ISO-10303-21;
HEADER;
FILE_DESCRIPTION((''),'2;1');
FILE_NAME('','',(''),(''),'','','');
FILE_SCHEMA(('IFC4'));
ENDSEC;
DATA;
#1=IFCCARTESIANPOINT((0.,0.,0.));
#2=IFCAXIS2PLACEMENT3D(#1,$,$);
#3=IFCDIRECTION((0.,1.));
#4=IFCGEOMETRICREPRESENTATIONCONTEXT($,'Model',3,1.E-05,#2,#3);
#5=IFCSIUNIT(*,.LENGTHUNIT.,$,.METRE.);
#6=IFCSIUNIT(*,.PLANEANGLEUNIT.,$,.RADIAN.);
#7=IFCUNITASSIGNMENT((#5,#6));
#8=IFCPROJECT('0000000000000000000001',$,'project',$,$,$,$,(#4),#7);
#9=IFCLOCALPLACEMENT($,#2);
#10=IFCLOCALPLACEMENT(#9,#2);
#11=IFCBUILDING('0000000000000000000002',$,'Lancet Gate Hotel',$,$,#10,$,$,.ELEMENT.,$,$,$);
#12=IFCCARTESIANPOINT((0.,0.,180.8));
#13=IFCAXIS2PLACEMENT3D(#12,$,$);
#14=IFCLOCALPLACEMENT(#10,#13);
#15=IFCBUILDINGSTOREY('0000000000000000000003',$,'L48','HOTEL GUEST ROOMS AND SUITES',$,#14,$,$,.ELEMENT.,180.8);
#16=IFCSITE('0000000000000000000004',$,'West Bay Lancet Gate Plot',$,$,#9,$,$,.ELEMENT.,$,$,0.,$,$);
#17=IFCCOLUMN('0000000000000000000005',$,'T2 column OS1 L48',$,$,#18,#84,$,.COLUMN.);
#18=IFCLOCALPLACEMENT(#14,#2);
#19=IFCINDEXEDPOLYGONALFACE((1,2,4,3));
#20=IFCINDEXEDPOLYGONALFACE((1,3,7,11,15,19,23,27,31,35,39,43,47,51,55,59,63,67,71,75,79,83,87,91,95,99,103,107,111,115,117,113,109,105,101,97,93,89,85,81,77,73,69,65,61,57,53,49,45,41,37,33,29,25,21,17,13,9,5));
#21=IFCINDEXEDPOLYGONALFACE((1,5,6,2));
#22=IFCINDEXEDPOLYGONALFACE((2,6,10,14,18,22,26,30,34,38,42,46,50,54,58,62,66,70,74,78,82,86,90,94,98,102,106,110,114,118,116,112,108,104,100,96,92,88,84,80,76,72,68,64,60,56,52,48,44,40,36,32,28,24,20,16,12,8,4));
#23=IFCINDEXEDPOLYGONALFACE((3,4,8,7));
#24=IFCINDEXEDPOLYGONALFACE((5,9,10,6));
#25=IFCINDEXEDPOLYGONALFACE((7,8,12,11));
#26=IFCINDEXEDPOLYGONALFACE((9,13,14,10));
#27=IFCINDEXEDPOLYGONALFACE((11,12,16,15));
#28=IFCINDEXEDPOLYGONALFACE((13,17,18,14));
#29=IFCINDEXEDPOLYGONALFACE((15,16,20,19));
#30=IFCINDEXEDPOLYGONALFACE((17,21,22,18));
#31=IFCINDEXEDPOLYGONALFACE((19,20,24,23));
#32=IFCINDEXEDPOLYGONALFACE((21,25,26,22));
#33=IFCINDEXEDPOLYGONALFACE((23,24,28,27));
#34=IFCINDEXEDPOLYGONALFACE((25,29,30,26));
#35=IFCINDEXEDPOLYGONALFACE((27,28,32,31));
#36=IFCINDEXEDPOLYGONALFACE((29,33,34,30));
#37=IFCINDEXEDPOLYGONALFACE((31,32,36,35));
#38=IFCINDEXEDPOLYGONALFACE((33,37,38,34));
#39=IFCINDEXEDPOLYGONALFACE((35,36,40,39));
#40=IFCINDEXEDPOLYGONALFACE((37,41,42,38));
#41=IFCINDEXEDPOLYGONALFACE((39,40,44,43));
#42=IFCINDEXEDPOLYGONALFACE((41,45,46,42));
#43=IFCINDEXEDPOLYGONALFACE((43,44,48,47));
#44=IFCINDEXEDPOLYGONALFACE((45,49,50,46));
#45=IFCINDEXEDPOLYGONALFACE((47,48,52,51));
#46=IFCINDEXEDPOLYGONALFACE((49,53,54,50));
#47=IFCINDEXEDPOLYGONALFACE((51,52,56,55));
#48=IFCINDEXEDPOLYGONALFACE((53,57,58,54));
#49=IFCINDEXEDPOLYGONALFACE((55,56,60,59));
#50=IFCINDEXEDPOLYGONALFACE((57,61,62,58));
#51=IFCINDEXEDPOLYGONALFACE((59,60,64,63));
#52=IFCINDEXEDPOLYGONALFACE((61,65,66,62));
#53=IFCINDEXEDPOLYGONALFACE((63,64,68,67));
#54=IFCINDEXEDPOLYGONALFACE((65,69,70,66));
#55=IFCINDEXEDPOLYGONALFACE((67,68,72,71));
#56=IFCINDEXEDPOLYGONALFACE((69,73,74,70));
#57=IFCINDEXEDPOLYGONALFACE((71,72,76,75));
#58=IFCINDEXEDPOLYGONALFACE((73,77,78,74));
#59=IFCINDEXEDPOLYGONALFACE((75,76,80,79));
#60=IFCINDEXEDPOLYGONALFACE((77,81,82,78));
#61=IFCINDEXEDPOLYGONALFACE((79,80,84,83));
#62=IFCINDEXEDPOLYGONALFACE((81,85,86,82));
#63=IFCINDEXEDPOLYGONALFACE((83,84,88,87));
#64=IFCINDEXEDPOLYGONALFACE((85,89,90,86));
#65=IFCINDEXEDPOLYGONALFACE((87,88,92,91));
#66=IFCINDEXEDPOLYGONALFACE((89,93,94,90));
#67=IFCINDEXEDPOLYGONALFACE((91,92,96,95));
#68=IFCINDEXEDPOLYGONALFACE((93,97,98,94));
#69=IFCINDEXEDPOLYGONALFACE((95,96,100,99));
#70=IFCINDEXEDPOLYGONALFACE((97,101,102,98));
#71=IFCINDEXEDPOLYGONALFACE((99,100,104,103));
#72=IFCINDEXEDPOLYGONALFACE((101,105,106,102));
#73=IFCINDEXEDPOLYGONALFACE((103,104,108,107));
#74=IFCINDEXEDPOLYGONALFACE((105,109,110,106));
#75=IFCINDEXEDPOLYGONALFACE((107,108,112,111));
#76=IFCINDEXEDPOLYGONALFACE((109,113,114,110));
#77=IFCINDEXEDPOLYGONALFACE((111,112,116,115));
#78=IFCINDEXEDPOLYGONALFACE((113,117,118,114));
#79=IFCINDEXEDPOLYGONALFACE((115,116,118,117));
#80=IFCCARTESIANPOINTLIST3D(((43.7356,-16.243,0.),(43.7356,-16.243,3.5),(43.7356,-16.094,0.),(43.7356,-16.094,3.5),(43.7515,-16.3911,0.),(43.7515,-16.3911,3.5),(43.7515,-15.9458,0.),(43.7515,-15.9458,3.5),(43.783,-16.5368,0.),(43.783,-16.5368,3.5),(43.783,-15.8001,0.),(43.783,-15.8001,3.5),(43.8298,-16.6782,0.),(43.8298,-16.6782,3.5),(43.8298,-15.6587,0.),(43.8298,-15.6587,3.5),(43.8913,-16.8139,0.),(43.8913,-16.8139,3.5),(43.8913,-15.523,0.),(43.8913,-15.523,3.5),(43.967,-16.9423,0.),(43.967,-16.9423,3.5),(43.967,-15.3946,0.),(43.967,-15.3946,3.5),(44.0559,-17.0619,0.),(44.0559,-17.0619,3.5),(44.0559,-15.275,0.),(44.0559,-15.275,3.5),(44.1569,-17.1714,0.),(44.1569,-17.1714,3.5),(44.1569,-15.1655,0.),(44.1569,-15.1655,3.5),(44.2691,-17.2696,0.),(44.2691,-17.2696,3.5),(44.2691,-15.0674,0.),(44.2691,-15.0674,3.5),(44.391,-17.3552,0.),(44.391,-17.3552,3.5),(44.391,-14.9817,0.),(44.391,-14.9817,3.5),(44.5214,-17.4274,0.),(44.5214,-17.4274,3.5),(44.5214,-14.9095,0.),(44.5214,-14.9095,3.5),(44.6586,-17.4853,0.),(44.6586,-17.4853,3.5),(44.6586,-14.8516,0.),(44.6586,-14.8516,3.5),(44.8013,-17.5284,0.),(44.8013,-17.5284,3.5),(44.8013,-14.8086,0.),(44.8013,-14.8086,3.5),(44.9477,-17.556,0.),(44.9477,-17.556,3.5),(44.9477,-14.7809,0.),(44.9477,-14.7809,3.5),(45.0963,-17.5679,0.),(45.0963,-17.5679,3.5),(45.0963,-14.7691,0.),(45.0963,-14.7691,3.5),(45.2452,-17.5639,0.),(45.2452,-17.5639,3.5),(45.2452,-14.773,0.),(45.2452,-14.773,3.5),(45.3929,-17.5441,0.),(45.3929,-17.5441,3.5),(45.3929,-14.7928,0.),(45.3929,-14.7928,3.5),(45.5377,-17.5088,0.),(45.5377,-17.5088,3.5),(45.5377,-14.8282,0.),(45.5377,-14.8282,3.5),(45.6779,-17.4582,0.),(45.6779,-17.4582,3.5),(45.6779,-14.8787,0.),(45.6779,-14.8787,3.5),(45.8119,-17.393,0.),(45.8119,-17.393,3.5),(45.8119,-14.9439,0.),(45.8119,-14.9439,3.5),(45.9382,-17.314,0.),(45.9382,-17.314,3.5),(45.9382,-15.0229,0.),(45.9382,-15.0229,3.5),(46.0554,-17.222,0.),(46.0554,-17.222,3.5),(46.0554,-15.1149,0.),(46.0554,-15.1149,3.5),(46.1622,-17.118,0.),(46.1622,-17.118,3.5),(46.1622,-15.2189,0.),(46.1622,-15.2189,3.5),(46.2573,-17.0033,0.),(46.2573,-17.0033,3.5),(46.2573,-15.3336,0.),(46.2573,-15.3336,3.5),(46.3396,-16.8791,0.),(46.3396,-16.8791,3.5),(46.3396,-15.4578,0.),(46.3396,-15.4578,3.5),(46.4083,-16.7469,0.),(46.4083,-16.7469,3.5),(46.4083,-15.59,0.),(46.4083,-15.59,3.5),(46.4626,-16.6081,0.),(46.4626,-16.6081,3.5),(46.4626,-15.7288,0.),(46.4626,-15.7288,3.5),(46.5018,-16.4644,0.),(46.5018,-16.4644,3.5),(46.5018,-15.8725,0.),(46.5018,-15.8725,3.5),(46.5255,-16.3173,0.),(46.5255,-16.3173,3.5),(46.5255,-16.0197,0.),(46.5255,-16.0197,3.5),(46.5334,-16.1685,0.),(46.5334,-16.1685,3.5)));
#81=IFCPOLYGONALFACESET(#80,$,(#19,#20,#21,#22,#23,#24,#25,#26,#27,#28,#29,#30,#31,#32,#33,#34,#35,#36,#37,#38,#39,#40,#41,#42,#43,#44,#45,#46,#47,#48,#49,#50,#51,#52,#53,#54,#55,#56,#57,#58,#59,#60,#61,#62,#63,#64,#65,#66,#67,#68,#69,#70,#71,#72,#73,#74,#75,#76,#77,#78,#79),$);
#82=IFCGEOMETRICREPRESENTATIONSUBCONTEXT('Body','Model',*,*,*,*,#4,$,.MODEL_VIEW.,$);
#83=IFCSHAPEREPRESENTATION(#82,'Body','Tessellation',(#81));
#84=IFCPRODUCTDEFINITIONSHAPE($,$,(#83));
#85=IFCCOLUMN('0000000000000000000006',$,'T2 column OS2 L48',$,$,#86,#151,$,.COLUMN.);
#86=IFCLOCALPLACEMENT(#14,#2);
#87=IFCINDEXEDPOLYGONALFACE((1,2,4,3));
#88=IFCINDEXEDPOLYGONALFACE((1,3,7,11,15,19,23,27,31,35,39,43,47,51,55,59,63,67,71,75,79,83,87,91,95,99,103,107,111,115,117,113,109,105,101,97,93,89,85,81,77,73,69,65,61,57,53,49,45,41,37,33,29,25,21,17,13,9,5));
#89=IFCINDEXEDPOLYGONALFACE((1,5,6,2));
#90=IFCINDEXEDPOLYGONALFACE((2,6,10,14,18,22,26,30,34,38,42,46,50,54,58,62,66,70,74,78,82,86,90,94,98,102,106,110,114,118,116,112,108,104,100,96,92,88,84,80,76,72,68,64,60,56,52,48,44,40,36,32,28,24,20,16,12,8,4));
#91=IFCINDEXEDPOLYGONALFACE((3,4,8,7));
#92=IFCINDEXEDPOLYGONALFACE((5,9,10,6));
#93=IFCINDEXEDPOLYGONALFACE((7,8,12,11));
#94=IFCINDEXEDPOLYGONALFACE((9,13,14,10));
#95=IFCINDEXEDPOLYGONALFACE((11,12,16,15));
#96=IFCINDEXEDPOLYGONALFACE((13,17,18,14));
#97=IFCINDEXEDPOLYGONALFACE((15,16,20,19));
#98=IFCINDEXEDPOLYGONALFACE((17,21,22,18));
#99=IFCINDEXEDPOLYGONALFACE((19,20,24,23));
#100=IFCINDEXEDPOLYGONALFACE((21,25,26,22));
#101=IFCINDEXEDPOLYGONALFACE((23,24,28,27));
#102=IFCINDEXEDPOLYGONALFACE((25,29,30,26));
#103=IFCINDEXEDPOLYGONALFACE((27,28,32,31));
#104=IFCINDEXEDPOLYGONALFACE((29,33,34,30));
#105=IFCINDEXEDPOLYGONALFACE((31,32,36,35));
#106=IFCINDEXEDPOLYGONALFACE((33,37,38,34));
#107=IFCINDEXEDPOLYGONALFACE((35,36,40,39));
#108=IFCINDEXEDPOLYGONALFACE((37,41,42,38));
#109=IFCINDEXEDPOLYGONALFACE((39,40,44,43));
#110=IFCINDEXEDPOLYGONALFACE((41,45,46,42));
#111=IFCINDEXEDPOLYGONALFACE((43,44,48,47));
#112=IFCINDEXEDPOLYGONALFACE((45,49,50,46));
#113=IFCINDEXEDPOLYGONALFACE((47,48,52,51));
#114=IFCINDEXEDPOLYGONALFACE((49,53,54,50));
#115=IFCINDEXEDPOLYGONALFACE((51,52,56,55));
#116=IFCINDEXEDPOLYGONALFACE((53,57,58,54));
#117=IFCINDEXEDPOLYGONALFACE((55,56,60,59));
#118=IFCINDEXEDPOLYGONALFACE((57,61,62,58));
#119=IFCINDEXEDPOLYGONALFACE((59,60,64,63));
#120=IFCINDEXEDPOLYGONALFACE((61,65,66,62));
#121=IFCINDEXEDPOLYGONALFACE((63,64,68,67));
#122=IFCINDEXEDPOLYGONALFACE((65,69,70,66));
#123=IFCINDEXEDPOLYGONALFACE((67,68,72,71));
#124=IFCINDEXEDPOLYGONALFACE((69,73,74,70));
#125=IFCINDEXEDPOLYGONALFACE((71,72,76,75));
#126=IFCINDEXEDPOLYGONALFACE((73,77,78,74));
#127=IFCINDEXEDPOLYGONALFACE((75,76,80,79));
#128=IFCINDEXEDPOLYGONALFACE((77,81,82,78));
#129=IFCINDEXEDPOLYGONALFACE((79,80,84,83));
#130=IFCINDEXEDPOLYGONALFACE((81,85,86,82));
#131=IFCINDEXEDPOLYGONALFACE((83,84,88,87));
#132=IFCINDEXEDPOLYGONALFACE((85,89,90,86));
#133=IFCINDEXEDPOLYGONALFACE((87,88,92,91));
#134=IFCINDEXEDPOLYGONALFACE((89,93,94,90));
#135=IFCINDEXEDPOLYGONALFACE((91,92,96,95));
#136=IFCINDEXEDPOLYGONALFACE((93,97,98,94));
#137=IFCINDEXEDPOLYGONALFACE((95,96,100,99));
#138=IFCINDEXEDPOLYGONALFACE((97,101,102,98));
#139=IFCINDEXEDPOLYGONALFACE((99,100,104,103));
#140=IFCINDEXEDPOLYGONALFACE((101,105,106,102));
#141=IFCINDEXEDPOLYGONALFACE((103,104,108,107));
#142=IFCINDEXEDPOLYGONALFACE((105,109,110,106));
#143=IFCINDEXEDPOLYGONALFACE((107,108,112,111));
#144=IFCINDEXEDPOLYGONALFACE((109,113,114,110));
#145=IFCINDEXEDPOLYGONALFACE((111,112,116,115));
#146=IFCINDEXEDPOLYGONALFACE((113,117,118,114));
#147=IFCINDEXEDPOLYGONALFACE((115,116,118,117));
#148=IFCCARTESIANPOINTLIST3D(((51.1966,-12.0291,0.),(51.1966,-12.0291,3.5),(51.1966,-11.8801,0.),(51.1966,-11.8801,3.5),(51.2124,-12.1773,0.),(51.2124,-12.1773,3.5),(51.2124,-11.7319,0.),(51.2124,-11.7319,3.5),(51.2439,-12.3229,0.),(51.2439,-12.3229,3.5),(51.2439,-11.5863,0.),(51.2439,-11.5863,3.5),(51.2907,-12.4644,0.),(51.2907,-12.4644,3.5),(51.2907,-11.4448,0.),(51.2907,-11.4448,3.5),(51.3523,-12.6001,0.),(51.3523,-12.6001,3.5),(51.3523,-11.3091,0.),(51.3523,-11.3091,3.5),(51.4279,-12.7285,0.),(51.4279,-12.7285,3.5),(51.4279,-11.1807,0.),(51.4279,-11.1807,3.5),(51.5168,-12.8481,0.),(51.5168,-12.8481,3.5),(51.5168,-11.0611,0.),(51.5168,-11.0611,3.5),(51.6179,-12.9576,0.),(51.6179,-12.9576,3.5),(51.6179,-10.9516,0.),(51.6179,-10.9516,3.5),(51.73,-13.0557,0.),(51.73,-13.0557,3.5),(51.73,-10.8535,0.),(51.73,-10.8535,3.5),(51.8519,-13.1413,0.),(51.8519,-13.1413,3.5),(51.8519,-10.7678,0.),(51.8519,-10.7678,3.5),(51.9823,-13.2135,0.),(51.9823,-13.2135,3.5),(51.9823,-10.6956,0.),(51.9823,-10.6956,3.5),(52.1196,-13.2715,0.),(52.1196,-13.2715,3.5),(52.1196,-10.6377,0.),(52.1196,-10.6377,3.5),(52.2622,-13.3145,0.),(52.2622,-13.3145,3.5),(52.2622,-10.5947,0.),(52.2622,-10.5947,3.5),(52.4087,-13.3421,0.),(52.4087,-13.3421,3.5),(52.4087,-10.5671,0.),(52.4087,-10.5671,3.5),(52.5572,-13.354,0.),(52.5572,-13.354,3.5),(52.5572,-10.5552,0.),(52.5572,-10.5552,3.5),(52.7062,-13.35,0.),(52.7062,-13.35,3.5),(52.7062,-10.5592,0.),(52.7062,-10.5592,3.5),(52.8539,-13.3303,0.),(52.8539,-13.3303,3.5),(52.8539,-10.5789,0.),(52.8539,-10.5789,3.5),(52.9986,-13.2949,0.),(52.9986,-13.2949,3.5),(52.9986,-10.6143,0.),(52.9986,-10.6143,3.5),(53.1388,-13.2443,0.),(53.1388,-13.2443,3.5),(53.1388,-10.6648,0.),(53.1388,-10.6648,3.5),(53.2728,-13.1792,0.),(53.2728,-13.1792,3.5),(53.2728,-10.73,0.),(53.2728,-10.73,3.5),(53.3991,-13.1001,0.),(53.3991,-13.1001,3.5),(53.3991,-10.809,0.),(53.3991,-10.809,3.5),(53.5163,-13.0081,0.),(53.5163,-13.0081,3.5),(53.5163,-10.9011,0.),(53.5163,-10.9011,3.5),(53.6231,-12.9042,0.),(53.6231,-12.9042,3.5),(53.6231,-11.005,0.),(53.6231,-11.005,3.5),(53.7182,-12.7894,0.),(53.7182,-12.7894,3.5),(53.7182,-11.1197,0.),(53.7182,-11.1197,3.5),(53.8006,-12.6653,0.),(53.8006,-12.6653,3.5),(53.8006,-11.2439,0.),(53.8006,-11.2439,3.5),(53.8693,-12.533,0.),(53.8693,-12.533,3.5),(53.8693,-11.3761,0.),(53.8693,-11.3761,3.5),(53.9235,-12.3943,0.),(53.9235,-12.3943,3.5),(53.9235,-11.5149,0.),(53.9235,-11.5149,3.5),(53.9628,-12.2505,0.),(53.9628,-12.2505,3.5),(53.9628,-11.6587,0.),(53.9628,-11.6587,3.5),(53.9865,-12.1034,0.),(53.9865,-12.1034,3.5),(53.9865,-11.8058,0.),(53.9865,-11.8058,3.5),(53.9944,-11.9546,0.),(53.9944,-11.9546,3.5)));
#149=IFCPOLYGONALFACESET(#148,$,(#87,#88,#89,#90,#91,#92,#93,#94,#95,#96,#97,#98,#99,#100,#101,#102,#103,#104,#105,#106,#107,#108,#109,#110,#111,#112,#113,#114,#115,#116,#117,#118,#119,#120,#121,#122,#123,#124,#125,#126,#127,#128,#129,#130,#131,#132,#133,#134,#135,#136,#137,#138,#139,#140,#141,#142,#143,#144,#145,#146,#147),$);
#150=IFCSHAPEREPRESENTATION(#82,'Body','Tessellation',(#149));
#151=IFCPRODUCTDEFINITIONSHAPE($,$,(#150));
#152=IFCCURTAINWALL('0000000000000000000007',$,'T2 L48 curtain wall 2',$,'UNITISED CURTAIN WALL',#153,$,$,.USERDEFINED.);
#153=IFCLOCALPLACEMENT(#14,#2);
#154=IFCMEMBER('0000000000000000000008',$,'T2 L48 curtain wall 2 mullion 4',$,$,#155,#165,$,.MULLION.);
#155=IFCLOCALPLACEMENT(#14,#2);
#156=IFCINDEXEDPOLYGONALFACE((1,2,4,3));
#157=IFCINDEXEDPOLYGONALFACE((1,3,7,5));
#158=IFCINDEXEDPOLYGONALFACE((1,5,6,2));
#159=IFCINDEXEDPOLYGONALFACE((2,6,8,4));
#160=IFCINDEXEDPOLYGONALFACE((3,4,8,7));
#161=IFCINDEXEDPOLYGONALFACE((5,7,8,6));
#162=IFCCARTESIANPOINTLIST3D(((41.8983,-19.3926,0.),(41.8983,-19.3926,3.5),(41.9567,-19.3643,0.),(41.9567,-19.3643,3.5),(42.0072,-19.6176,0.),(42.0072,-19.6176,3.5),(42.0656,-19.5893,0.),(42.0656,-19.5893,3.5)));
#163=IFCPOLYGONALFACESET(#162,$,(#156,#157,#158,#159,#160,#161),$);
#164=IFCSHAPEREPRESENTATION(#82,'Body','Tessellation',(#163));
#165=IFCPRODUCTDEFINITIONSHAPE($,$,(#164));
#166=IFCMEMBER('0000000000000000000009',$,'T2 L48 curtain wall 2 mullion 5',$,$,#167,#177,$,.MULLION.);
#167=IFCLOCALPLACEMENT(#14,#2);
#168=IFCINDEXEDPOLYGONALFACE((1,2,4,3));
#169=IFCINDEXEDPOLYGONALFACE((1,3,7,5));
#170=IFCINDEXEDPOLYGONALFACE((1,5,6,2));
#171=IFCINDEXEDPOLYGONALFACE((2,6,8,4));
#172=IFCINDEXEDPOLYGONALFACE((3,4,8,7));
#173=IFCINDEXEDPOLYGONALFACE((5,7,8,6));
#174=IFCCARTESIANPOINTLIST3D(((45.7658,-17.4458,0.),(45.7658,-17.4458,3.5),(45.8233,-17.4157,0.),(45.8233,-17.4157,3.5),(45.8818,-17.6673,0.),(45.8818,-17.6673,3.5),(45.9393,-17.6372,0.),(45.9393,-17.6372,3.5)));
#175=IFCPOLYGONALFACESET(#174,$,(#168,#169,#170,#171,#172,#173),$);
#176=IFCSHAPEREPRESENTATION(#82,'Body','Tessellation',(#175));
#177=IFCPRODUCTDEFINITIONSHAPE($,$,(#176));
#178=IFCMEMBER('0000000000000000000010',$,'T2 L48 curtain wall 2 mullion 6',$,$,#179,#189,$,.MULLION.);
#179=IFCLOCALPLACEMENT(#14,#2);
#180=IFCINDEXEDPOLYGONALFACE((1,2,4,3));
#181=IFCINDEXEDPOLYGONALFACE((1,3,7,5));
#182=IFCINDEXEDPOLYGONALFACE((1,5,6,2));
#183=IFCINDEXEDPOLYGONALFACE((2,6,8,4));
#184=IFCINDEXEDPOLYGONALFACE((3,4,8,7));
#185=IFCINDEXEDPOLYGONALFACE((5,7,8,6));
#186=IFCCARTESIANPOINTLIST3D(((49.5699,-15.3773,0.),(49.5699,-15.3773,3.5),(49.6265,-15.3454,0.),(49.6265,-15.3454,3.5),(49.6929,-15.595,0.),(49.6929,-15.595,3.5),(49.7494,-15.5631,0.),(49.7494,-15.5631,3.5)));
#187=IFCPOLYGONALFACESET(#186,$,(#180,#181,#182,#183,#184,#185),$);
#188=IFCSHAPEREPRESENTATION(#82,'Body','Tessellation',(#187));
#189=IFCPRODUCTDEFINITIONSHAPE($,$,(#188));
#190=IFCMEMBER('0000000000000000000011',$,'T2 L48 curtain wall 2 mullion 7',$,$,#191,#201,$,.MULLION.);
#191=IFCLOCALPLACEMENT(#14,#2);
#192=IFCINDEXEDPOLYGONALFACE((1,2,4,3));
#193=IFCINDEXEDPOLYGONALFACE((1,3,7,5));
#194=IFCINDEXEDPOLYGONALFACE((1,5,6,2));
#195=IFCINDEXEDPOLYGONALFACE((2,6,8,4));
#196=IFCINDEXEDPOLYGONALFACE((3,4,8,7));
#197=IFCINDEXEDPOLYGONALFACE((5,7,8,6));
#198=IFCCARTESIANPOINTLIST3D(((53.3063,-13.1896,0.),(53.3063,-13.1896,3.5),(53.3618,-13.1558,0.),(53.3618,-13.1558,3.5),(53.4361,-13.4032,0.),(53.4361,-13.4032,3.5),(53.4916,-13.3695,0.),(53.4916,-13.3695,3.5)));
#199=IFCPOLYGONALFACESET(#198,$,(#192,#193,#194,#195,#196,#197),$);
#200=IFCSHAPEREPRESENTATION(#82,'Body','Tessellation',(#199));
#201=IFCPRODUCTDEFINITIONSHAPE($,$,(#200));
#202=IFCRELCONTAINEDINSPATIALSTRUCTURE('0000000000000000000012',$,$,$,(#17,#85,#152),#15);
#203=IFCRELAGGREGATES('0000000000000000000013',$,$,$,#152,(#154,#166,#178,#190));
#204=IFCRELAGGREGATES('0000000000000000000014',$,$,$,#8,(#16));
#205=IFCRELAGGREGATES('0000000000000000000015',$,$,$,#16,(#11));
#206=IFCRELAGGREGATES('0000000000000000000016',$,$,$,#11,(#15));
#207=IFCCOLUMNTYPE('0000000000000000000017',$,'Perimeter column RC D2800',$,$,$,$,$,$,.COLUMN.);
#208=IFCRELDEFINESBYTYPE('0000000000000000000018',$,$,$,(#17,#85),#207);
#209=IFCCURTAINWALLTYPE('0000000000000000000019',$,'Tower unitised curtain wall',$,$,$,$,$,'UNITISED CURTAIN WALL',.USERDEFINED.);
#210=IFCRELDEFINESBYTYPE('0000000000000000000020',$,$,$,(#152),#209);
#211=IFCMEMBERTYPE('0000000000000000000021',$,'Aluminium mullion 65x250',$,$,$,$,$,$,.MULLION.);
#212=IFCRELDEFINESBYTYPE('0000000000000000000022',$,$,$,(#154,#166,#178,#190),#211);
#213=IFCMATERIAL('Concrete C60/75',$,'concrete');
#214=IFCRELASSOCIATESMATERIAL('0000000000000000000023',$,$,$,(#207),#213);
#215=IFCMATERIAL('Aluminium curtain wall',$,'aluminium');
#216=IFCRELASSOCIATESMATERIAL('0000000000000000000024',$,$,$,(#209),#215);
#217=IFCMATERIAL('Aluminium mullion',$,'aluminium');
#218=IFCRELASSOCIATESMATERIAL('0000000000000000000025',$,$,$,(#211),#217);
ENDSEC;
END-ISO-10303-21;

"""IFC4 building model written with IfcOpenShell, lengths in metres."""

from ifc_helpers import new_model, si_unit, direction, frame, origin, origin_2d, place, context, subcontext, project, spatial, rectangle, circle, extrude, material, material_profile, profile_set, type_object, element, aggregate, save


model = new_model("IFC4")

# Units and contexts
model_context = context("Model", 3, precision=1e-05, world=origin(), true_north=direction((0.0, 1.0)))
body_context = subcontext(model_context, "Body", "Model", "MODEL_VIEW")
ifc_project = project(units=[si_unit("LENGTHUNIT", "METRE"), si_unit("PLANEANGLEUNIT", "RADIAN")], contexts=[model_context])

# Site, building, storey
site_placement = place(None, origin())
site = spatial("IfcSite", under=ifc_project, at=site_placement, Name="West Bay Lancet Gate Plot", CompositionType="ELEMENT", RefElevation=0.0)
building_placement = place(site_placement, origin())
building = spatial("IfcBuilding", under=site, at=building_placement, Name="Lancet Gate Hotel", CompositionType="ELEMENT")
storey_placement = place(building_placement, frame((0.0, 0.0, 180.8)))
storey = spatial("IfcBuildingStorey", under=building, at=storey_placement, Name="L48", Description="HOTEL GUEST ROOMS AND SUITES", CompositionType="ELEMENT", Elevation=180.8)

# Columns
ifc_material_1 = material(Name="Concrete C60/75", Category="concrete")
ifc_material_profile_1 = material_profile(ifc_material_1, circle(Radius=1.3999, at=origin_2d()), Name="RC D2800")
ifc_profile_set_1 = profile_set([ifc_material_profile_1], Name="Concrete C60/75")
column_type = type_object("IfcColumnType", Name="Perimeter column RC D2800", PredefinedType="COLUMN", material=ifc_profile_set_1)
for number, where, z_axis, x_axis, name in (
    (1, (45.1335, -16.1685, 0.0), (0.0, 0.0, 1.0), (1.0, 0.0, 0.0), "T2 column OS1 L48"),
    (2, (52.5945, -11.9546, 0.0), (0.0, 0.0, 1.0), (1.0, 0.0, 0.0), "T2 column OS2 L48"),
):
    element("IfcColumn", number, at=place(storey_placement, frame(where, z_axis=z_axis, x_axis=x_axis)), inside=storey, type_object=column_type, Name=name, PredefinedType="COLUMN", context=body_context, shape_type="SweptSolid", body=[
        extrude(circle(Radius=1.3999, at=origin_2d()), origin(), (0.0, 0.0, 1.0), 3.5),
    ])

# Curtain wall, members
ifc_material_2 = material(Name="Aluminium curtain wall", Category="aluminium")
curtain_wall_type = type_object("IfcCurtainWallType", Name="Tower unitised curtain wall", ElementType="UNITISED CURTAIN WALL", PredefinedType="USERDEFINED", material=ifc_material_2)
curtain_wall_placement = place(storey_placement, origin())
curtain_wall = element("IfcCurtainWall", 3, at=curtain_wall_placement, inside=storey, type_object=curtain_wall_type, Name="T2 L48 curtain wall 2", ObjectType="UNITISED CURTAIN WALL", PredefinedType="USERDEFINED")
ifc_material_3 = material(Name="Aluminium mullion", Category="aluminium")
ifc_material_profile_2 = material_profile(ifc_material_3, rectangle(XDim=0.0649, YDim=0.25, at=origin_2d()), Name="MULLION 65x250")
ifc_profile_set_2 = profile_set([ifc_material_profile_2], Name="Aluminium mullion")
member_type_1 = type_object("IfcMemberType", Name="Aluminium mullion 65x250", PredefinedType="MULLION", material=ifc_profile_set_2)
member_1_placement = place(storey_placement, frame((41.9819, -19.491, 0.0), z_axis=(0.0, 0.0, 1.0), x_axis=(0.900141, 0.435598, 0.0)))
member_1 = element("IfcMember", 4, at=member_1_placement, type_object=member_type_1, Name="T2 L48 curtain wall 2 mullion 4", PredefinedType="MULLION", context=body_context, shape_type="SweptSolid", body=[
    extrude(rectangle(XDim=0.0649, YDim=0.25, at=origin_2d()), origin(), (0.0, 0.0, 1.0), 3.5),
])
member_2_placement = place(storey_placement, frame((45.8525, -17.5415, 0.0), z_axis=(0.0, 0.0, 1.0), x_axis=(0.885877, 0.46392, 0.0)))
member_2 = element("IfcMember", 5, at=member_2_placement, type_object=member_type_1, Name="T2 L48 curtain wall 2 mullion 5", PredefinedType="MULLION", context=body_context, shape_type="SweptSolid", body=[
    extrude(rectangle(XDim=0.0649, YDim=0.25, at=origin_2d()), origin(), (0.0, 0.0, 1.0), 3.5),
])
member_3_placement = place(storey_placement, frame((49.6597, -15.4702, 0.0), z_axis=(0.0, 0.0, 1.0), x_axis=(0.870722, 0.491776, 0.0)))
member_3 = element("IfcMember", 6, at=member_3_placement, type_object=member_type_1, Name="T2 L48 curtain wall 2 mullion 6", PredefinedType="MULLION", context=body_context, shape_type="SweptSolid", body=[
    extrude(rectangle(XDim=0.0649, YDim=0.25, at=origin_2d()), origin(), (0.0, 0.0, 1.0), 3.5),
])
member_4_placement = place(storey_placement, frame((53.3989, -13.2795, 0.0), z_axis=(0.0, 0.0, 1.0), x_axis=(0.854691, 0.519137, 0.0)))
member_4 = element("IfcMember", 7, at=member_4_placement, type_object=member_type_1, Name="T2 L48 curtain wall 2 mullion 7", PredefinedType="MULLION", context=body_context, shape_type="SweptSolid", body=[
    extrude(rectangle(XDim=0.0649, YDim=0.25, at=origin_2d()), origin(), (0.0, 0.0, 1.0), 3.5),
])

aggregate(curtain_wall, [member_1, member_2, member_3, member_4])

save(model, "model.ifc")
